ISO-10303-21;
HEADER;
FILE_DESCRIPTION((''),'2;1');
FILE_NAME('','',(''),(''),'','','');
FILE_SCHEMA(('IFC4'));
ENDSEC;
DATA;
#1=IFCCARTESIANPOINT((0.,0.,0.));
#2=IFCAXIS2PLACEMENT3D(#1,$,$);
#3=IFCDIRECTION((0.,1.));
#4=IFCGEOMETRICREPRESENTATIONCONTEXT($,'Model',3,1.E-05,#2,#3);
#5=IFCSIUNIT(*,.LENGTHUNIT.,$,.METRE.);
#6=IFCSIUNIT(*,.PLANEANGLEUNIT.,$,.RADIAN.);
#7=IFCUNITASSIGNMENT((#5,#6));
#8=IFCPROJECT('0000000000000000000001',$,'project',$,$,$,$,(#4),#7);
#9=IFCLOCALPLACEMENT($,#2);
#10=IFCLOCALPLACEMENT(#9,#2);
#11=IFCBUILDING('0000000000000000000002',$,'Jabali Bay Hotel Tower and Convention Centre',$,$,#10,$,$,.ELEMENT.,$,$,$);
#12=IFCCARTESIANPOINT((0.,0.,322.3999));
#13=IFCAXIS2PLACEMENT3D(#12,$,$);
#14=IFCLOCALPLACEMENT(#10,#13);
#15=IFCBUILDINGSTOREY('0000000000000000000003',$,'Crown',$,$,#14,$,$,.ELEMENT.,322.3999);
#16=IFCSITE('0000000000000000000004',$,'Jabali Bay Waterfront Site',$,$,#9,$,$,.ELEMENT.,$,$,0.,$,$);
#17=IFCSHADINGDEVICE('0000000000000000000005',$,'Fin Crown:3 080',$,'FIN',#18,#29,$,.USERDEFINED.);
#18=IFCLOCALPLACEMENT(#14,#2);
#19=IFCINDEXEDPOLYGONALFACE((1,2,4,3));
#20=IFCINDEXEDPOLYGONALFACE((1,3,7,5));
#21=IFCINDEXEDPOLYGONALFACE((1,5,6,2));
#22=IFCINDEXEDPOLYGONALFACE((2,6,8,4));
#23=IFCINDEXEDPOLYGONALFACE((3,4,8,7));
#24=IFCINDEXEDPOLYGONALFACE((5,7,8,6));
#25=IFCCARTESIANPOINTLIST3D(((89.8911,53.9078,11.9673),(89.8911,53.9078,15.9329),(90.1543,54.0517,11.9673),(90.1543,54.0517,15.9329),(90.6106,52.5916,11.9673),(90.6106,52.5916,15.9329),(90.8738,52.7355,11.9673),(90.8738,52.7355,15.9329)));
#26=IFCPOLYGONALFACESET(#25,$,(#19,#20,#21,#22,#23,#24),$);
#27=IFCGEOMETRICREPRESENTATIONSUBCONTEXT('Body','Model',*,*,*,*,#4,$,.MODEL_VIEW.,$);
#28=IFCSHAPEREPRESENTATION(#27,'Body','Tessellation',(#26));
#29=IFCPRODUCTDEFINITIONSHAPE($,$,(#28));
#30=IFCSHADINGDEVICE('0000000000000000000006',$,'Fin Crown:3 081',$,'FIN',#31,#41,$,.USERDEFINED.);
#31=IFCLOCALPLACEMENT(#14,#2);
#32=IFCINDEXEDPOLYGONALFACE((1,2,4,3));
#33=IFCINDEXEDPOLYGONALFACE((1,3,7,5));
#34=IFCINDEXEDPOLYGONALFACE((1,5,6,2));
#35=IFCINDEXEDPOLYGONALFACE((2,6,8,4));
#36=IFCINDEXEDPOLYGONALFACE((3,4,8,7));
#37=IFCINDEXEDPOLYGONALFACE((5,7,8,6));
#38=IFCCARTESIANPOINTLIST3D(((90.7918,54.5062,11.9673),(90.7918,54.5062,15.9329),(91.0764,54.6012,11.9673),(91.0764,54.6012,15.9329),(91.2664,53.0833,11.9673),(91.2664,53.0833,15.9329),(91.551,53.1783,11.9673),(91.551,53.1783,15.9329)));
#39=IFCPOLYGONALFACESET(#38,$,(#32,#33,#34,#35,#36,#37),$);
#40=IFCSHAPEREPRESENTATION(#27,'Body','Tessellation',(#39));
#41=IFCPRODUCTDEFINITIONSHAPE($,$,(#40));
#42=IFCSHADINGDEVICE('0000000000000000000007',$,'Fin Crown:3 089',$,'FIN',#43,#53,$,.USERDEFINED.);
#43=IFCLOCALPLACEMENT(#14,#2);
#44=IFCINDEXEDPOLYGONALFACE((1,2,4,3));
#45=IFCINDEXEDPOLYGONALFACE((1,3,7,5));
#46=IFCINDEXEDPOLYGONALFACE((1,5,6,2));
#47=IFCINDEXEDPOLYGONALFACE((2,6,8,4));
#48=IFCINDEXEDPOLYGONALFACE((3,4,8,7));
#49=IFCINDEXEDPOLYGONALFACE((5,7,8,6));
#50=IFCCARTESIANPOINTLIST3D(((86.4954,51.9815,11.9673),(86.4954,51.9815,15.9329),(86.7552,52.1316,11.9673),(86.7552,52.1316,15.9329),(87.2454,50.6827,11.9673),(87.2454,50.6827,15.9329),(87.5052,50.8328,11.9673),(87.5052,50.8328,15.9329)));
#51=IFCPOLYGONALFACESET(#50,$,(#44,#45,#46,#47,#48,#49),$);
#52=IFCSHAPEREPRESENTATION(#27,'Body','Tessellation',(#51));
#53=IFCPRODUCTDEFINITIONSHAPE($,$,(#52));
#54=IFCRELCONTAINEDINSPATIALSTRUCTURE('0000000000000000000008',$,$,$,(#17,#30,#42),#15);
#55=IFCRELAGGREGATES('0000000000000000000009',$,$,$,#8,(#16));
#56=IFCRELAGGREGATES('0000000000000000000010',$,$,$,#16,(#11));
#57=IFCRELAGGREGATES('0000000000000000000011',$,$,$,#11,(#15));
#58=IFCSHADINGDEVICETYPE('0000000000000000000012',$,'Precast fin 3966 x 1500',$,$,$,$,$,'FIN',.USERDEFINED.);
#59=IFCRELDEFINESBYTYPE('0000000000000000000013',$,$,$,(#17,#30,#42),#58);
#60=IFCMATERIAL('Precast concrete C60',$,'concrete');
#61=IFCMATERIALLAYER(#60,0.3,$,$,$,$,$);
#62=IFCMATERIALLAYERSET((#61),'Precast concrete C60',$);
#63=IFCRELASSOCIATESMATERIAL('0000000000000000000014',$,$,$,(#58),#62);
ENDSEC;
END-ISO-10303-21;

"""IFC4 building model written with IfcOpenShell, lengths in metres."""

from ifc_helpers import new_model, si_unit, direction, frame, frame_2d, origin, place, context, subcontext, project, spatial, rectangle, extrude, material, layer, layer_set, type_object, element, save


model = new_model("IFC4")

# Units and contexts
model_context = context("Model", 3, precision=1e-05, world=origin(), true_north=direction((0.0, 1.0)))
body_context = subcontext(model_context, "Body", "Model", "MODEL_VIEW")
ifc_project = project(units=[si_unit("LENGTHUNIT", "METRE"), si_unit("PLANEANGLEUNIT", "RADIAN")], contexts=[model_context])

# Site, building, storey
site_placement = place(None, origin())
site = spatial("IfcSite", under=ifc_project, at=site_placement, Name="Jabali Bay Waterfront Site", CompositionType="ELEMENT", RefElevation=0.0)
building_placement = place(site_placement, origin())
building = spatial("IfcBuilding", under=site, at=building_placement, Name="Jabali Bay Hotel Tower and Convention Centre", CompositionType="ELEMENT")
storey_placement = place(building_placement, frame((0.0, 0.0, 322.3999)))
storey = spatial("IfcBuildingStorey", under=building, at=storey_placement, Name="Crown", CompositionType="ELEMENT", Elevation=322.3999)

# Shading devices
ifc_material_1 = material(Name="Precast concrete C60", Category="concrete")
ifc_layer = layer(ifc_material_1, 0.3)
ifc_layer_set = layer_set([ifc_layer], Name="Precast concrete C60")
shading_device_type = type_object("IfcShadingDeviceType", Name="Precast fin 3966 x 1500", ElementType="FIN", PredefinedType="USERDEFINED", material=ifc_layer_set)
for number, where, z_axis, x_axis, name in (
    (1, (90.0227, 53.9797, 11.9673), (0.0, 0.0, 1.0), (0.479662, -0.877454, 0.0), "Fin Crown:3 080"),
    (2, (90.9341, 54.5537, 11.9673), (0.0, 0.0, 1.0), (0.316423, -0.948618, 0.0), "Fin Crown:3 081"),
):
    element("IfcShadingDevice", number, at=place(storey_placement, frame(where, z_axis=z_axis, x_axis=x_axis)), inside=storey, type_object=shading_device_type, Name=name, ObjectType="FIN", PredefinedType="USERDEFINED", context=body_context, shape_type="SweptSolid", body=[
        extrude(rectangle(XDim=1.5, YDim=0.3, at=frame_2d((0.75, 0.0))), origin(), (0.0, 0.0, 1.0), 3.9656),
    ])
shading_device_1_placement = place(storey_placement, frame((86.6252, 52.0566, 11.9673), z_axis=(0.0, 0.0, 1.0), x_axis=(0.500061, -0.86599, 0.0)))
element("IfcShadingDevice", 3, at=shading_device_1_placement, inside=storey, type_object=shading_device_type, Name="Fin Crown:3 089", ObjectType="FIN", PredefinedType="USERDEFINED", context=body_context, shape_type="SweptSolid", body=[
    extrude(rectangle(XDim=1.4998, YDim=0.3, at=frame_2d((0.75, 0.0))), origin(), (0.0, 0.0, 1.0), 3.9656),
])

save(model, "model.ifc")
